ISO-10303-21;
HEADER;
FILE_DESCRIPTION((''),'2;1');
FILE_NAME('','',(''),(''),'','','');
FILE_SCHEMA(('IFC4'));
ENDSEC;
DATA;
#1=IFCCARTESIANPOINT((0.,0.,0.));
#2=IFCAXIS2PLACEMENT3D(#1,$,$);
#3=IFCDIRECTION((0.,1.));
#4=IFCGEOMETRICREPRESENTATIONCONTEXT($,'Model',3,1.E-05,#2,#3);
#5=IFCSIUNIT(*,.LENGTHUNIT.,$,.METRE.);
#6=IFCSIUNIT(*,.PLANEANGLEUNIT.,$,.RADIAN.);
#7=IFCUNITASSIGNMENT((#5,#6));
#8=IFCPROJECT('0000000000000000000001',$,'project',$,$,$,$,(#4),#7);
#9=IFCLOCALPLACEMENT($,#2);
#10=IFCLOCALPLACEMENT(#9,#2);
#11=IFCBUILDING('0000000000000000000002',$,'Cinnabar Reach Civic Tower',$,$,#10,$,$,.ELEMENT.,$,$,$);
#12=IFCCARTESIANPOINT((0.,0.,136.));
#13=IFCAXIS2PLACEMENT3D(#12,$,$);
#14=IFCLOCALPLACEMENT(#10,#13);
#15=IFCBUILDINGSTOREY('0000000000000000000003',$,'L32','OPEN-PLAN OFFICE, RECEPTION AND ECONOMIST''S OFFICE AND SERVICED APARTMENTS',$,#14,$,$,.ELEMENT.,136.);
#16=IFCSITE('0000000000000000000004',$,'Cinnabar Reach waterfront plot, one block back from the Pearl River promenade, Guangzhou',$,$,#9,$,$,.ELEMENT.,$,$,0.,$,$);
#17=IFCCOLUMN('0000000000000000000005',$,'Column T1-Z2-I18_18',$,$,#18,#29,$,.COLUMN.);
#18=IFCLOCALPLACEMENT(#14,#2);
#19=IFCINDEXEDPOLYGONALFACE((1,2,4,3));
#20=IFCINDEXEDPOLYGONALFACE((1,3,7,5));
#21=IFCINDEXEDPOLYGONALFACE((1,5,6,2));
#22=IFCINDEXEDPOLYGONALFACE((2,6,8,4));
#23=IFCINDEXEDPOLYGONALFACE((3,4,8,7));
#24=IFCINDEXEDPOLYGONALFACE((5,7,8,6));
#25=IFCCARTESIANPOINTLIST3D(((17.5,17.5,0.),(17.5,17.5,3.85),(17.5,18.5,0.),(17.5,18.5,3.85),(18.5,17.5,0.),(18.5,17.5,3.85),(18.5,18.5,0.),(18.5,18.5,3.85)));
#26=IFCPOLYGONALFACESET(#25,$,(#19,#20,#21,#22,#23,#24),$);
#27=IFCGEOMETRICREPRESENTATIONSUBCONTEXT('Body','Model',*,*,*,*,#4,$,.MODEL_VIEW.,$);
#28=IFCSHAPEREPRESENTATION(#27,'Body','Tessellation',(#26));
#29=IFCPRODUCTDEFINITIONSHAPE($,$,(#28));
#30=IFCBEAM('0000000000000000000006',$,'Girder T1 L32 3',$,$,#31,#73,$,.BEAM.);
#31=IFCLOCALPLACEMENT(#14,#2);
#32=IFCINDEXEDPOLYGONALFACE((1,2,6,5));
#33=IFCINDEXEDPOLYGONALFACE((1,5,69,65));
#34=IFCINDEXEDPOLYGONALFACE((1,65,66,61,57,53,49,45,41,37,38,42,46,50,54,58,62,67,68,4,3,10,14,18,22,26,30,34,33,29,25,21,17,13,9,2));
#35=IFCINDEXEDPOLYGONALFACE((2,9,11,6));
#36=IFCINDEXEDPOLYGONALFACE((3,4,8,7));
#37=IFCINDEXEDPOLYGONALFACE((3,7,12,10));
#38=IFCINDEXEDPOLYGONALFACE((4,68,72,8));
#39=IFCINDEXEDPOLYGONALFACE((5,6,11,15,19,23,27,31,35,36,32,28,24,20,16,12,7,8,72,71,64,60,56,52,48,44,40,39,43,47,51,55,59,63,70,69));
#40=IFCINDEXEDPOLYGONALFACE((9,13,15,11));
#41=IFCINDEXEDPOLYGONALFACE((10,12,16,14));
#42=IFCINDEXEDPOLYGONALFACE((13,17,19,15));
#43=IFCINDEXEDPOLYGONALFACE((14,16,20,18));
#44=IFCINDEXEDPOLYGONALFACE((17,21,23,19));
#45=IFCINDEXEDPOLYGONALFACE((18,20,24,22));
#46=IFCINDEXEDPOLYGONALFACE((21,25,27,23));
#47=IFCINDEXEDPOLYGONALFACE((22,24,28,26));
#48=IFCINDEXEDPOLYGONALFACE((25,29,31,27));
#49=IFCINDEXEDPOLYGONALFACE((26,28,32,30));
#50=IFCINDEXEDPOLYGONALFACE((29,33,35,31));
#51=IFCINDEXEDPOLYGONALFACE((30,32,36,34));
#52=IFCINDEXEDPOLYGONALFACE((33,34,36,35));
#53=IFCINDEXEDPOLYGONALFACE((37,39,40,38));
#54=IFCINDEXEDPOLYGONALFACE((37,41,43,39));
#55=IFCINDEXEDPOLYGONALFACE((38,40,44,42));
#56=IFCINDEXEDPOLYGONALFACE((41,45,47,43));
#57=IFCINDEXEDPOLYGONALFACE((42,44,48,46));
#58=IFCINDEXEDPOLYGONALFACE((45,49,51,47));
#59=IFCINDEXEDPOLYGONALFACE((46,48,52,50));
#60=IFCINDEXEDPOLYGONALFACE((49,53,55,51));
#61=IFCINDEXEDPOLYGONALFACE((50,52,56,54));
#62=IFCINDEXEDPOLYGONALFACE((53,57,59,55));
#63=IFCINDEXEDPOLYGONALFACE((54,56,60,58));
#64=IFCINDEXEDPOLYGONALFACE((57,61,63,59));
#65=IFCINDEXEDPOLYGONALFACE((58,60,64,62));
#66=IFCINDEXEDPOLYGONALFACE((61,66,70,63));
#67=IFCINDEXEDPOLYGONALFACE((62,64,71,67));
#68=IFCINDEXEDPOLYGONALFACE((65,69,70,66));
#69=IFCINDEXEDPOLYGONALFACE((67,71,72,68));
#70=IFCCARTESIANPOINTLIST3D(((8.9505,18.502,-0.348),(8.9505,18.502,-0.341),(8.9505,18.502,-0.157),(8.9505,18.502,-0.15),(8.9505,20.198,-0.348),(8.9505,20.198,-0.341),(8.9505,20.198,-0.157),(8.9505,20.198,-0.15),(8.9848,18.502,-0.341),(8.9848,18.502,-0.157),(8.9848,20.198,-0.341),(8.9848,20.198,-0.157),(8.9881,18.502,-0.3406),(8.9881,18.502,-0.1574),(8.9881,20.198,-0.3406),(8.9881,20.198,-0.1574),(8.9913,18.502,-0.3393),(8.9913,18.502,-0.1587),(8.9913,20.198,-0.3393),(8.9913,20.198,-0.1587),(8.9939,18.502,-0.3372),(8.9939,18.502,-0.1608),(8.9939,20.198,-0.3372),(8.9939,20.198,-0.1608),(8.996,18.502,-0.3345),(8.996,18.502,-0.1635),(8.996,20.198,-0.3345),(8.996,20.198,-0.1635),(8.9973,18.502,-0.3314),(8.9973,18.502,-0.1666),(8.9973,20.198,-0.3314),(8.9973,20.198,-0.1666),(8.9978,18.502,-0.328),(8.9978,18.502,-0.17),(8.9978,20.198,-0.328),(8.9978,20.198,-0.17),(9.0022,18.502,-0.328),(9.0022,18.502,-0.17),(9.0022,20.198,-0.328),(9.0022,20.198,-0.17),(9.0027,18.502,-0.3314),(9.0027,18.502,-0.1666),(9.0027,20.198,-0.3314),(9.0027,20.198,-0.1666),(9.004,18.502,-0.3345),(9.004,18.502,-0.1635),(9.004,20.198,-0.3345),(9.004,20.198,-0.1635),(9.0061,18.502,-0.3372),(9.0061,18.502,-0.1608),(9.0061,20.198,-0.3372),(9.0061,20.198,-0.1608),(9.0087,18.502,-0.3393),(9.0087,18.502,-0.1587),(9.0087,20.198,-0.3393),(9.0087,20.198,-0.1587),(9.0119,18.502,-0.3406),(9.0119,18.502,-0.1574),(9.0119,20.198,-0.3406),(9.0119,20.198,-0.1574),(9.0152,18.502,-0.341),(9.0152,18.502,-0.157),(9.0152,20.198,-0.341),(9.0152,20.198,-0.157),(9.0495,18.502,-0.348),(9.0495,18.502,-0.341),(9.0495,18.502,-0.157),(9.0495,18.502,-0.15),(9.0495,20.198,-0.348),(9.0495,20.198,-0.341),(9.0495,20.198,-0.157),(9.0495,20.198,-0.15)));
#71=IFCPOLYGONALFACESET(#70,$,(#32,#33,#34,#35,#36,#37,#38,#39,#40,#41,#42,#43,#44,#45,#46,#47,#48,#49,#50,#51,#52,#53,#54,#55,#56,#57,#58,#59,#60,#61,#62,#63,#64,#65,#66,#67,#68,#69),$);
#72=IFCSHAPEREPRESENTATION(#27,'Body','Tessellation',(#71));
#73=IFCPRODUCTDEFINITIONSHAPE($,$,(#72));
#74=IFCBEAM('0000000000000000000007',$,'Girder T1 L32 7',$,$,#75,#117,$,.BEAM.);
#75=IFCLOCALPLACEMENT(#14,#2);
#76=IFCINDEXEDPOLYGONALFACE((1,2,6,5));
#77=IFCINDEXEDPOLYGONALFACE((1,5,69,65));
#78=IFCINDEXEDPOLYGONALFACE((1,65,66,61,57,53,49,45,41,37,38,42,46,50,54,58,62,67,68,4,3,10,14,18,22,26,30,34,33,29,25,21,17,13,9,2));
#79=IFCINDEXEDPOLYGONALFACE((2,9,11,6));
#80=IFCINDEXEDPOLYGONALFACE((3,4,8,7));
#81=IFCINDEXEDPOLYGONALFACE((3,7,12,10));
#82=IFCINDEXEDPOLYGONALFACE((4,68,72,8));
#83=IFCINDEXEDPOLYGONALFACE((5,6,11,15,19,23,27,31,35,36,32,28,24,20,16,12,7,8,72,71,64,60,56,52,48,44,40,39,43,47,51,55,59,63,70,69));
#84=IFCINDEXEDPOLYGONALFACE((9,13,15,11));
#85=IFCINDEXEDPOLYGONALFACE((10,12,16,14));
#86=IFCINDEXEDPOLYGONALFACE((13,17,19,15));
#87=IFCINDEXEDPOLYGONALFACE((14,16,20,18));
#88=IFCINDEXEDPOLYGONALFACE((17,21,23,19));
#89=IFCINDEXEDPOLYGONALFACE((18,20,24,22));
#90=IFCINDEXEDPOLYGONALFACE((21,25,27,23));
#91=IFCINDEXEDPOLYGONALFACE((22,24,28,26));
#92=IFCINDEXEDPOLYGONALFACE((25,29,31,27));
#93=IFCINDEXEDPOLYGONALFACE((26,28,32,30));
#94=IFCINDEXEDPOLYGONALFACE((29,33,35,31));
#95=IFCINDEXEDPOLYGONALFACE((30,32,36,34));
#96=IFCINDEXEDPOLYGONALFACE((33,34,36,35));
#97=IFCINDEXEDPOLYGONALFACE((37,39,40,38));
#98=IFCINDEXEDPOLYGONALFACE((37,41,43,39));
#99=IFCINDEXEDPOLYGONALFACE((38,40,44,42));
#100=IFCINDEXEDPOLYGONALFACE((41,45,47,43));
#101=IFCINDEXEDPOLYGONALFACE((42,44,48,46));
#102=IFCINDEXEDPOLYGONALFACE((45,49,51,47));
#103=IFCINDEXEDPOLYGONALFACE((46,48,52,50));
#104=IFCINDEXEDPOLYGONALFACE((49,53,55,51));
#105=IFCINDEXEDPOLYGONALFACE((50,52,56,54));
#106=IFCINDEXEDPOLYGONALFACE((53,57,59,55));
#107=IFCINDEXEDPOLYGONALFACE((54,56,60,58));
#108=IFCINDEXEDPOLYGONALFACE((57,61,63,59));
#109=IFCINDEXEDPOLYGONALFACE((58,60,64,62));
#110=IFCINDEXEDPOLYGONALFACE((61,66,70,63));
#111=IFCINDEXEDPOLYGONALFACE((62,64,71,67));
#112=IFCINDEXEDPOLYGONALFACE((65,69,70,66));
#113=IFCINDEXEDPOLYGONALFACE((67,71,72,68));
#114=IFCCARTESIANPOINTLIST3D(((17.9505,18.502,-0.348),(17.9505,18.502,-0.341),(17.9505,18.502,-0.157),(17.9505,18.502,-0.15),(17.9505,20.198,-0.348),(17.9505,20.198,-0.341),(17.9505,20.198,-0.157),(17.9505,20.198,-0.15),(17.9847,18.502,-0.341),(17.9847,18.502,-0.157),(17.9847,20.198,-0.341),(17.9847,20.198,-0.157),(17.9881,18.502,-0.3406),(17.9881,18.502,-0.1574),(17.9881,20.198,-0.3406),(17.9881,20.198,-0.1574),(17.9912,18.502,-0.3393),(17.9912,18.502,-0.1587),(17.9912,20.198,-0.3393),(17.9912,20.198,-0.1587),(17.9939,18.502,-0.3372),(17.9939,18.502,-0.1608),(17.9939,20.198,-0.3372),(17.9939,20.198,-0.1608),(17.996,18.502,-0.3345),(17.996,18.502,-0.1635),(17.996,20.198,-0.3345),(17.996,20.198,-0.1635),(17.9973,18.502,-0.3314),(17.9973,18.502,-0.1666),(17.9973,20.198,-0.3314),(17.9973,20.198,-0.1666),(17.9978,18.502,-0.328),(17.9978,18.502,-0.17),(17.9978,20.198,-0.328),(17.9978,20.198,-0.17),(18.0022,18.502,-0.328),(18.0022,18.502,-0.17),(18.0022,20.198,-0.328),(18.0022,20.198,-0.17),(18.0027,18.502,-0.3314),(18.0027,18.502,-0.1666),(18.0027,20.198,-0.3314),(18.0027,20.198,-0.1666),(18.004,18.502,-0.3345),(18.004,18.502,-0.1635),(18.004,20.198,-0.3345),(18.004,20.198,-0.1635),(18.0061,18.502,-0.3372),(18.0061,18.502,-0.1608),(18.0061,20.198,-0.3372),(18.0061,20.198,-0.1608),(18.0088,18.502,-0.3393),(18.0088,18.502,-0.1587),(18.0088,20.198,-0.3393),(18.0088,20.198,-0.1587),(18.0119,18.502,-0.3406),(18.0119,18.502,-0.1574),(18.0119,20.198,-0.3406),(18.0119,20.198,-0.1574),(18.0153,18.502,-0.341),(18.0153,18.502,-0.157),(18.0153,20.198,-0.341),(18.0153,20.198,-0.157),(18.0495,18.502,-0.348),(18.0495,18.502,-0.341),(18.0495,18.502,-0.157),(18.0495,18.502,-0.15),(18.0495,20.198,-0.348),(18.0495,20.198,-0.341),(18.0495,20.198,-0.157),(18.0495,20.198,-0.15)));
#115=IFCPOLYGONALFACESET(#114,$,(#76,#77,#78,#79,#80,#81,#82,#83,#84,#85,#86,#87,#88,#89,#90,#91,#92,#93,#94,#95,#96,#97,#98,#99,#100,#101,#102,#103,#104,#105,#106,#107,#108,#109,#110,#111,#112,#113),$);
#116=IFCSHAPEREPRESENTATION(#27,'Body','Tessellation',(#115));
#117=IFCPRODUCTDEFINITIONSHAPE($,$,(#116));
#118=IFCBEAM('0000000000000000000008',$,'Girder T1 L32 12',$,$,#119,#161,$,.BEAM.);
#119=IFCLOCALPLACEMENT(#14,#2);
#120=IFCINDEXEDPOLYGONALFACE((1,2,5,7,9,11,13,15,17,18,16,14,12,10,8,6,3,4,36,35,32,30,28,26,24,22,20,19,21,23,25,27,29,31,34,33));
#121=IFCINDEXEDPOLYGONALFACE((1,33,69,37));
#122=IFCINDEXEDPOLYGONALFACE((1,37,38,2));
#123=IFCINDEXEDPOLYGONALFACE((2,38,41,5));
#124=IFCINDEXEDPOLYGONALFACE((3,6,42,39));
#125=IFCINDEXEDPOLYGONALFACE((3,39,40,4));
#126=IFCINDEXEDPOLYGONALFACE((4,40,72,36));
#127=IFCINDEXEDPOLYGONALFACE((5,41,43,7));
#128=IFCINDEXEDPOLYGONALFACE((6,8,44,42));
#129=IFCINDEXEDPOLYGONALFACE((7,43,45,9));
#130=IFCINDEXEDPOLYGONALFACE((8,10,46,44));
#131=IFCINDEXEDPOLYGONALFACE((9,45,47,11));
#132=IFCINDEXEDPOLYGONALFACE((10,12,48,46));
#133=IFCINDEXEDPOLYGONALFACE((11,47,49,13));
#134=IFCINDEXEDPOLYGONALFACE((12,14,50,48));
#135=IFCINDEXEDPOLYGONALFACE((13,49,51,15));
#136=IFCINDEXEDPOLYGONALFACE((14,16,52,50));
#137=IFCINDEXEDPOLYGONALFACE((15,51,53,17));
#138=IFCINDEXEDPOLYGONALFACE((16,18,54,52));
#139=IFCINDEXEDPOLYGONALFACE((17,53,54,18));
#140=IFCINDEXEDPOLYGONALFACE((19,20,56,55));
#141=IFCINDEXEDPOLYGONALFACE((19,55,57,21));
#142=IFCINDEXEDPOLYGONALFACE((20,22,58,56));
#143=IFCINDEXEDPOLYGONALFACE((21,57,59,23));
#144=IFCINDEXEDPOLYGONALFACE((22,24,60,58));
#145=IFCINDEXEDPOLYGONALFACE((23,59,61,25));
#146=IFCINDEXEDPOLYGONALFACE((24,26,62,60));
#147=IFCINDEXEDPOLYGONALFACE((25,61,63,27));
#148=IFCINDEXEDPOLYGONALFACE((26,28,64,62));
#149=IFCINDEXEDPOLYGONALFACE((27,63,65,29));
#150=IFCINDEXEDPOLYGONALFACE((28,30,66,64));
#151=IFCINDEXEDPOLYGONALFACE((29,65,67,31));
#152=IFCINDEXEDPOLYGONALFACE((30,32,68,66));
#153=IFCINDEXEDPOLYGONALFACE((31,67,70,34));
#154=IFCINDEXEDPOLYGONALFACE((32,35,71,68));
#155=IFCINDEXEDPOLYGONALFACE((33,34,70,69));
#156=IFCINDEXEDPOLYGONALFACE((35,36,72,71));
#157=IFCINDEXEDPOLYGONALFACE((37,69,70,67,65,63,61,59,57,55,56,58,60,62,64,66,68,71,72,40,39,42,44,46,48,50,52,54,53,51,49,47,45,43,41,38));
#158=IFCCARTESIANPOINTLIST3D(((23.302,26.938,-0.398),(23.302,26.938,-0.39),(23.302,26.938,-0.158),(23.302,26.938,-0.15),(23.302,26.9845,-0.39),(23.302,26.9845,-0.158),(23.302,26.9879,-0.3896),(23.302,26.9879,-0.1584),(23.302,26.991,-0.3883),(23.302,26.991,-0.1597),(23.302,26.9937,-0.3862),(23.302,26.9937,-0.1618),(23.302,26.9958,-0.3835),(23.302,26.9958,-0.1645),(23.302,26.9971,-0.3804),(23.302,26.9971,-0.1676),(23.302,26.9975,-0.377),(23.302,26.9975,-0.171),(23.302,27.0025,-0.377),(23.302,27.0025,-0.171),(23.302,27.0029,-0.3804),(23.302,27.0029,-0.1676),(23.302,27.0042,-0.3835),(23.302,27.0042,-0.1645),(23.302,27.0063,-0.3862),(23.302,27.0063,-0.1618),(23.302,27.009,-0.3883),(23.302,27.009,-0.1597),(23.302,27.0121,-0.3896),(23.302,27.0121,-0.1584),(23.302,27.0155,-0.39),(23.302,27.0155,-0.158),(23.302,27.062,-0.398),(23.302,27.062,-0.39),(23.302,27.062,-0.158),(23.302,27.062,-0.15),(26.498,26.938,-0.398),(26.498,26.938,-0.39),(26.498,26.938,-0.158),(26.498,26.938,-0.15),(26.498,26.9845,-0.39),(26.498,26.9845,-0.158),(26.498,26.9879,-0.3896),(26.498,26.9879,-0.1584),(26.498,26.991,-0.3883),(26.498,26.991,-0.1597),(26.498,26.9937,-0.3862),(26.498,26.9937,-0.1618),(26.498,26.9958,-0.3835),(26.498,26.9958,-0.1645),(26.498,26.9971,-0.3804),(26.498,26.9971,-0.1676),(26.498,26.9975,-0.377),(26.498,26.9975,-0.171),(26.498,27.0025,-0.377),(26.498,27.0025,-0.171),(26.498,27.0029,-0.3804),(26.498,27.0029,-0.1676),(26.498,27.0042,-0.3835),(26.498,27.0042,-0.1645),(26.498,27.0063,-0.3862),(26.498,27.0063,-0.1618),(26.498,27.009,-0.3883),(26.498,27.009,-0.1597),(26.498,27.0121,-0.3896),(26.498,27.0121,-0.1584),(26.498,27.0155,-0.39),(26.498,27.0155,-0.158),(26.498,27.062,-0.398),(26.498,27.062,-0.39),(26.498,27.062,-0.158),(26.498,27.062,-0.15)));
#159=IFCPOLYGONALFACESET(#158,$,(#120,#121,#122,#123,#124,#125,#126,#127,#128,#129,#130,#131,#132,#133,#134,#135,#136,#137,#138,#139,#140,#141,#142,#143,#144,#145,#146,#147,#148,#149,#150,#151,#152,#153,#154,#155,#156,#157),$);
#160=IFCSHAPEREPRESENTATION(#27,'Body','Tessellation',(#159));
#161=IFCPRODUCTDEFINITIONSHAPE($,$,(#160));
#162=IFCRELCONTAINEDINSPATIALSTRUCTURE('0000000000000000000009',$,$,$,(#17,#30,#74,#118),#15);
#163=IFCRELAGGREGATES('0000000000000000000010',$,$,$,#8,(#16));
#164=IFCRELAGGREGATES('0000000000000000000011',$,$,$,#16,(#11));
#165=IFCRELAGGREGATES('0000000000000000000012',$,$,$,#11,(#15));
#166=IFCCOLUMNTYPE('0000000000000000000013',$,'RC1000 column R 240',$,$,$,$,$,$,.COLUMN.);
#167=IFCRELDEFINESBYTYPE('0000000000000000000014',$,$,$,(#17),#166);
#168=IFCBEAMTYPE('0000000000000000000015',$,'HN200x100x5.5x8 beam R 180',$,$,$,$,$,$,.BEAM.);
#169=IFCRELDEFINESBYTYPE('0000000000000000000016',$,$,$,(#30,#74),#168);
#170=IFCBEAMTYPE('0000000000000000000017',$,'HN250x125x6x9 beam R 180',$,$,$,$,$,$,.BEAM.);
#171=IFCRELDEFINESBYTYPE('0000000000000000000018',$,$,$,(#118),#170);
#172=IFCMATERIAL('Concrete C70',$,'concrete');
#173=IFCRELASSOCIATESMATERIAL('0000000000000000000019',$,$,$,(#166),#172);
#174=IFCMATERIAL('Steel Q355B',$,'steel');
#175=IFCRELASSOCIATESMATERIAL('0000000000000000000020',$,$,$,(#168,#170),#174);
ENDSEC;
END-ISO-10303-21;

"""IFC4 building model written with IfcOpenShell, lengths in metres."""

from ifc_helpers import new_model, si_unit, direction, frame, origin, origin_2d, place, context, subcontext, project, spatial, rectangle, i_section, extrude, material, material_profile, profile_set, type_object, element, save


model = new_model("IFC4")

# Units and contexts
model_context = context("Model", 3, precision=1e-05, world=origin(), true_north=direction((0.0, 1.0)))
body_context = subcontext(model_context, "Body", "Model", "MODEL_VIEW")
ifc_project = project(units=[si_unit("LENGTHUNIT", "METRE"), si_unit("PLANEANGLEUNIT", "RADIAN")], contexts=[model_context])

# Site, building, storey
site_placement = place(None, origin())
site = spatial("IfcSite", under=ifc_project, at=site_placement, Name="Cinnabar Reach waterfront plot, one block back from the Pearl River promenade, Guangzhou", CompositionType="ELEMENT", RefElevation=0.0)
building_placement = place(site_placement, origin())
building = spatial("IfcBuilding", under=site, at=building_placement, Name="Cinnabar Reach Civic Tower", CompositionType="ELEMENT")
storey_placement = place(building_placement, frame((0.0, 0.0, 136.0)))
storey = spatial("IfcBuildingStorey", under=building, at=storey_placement, Name="L32", Description="OPEN-PLAN OFFICE, RECEPTION AND ECONOMIST'S OFFICE AND SERVICED APARTMENTS", CompositionType="ELEMENT", Elevation=136.0)

# Column
ifc_material_1 = material(Name="Concrete C70", Category="concrete")
ifc_material_profile_1 = material_profile(ifc_material_1, rectangle(XDim=1.0, YDim=1.0, at=origin_2d()), Name="RC1000")
ifc_profile_set_1 = profile_set([ifc_material_profile_1], Name="Concrete C70")
column_type = type_object("IfcColumnType", Name="RC1000 column R 240", PredefinedType="COLUMN", material=ifc_profile_set_1)
column_placement = place(storey_placement, frame((18.0, 18.0, 0.0), z_axis=(0.0, 0.0, 1.0), x_axis=(1.0, 0.0, 0.0)))
element("IfcColumn", 1, at=column_placement, inside=storey, type_object=column_type, Name="Column T1-Z2-I18_18", PredefinedType="COLUMN", context=body_context, shape_type="SweptSolid", body=[
    extrude(rectangle(XDim=1.0, YDim=1.0, at=origin_2d()), origin(), (0.0, 0.0, 1.0), 3.85),
])

# Beams
ifc_material_2 = material(Name="Steel Q355B", Category="steel")
ifc_material_profile_2 = material_profile(ifc_material_2, i_section(OverallWidth=0.099, OverallDepth=0.198, WebThickness=0.0045, FlangeThickness=0.007, FilletRadius=0.013, at=origin_2d()), Name="HN200x100x5.5x8")
ifc_profile_set_2 = profile_set([ifc_material_profile_2], Name="Steel Q355B")
beam_type_1 = type_object("IfcBeamType", Name="HN200x100x5.5x8 beam R 180", PredefinedType="BEAM", material=ifc_profile_set_2)
for number, where, z_axis, x_axis, name in (
    (2, (9.0, 18.502, -0.249), (0.0, 1.0, 0.0), (-1.0, 0.0, 0.0), "Girder T1 L32 3"),
    (3, (18.0, 18.502, -0.249), (0.0, 1.0, 0.0), (-1.0, 0.0, 0.0), "Girder T1 L32 7"),
):
    element("IfcBeam", number, at=place(storey_placement, frame(where, z_axis=z_axis, x_axis=x_axis)), inside=storey, type_object=beam_type_1, Name=name, PredefinedType="BEAM", context=body_context, shape_type="SweptSolid", body=[
        extrude(i_section(OverallWidth=0.099, OverallDepth=0.198, WebThickness=0.0045, FlangeThickness=0.007, FilletRadius=0.013, at=origin_2d()), origin(), (0.0, 0.0, 1.0), 1.696),
    ])
ifc_material_profile_3 = material_profile(ifc_material_2, i_section(OverallWidth=0.124, OverallDepth=0.248, WebThickness=0.005, FlangeThickness=0.008, FilletRadius=0.013, at=origin_2d()), Name="HN250x125x6x9")
ifc_profile_set_3 = profile_set([ifc_material_profile_3], Name="Steel Q355B")
beam_type_2 = type_object("IfcBeamType", Name="HN250x125x6x9 beam R 180", PredefinedType="BEAM", material=ifc_profile_set_3)
beam_1_placement = place(storey_placement, frame((23.302, 27.0, -0.274), z_axis=(1.0, 0.0, 0.0), x_axis=(0.0, 1.0, 0.0)))
element("IfcBeam", 4, at=beam_1_placement, inside=storey, type_object=beam_type_2, Name="Girder T1 L32 12", PredefinedType="BEAM", context=body_context, shape_type="SweptSolid", body=[
    extrude(i_section(OverallWidth=0.124, OverallDepth=0.248, WebThickness=0.005, FlangeThickness=0.008, FilletRadius=0.013, at=origin_2d()), origin(), (0.0, 0.0, 1.0), 3.196),
])

save(model, "model.ifc")
